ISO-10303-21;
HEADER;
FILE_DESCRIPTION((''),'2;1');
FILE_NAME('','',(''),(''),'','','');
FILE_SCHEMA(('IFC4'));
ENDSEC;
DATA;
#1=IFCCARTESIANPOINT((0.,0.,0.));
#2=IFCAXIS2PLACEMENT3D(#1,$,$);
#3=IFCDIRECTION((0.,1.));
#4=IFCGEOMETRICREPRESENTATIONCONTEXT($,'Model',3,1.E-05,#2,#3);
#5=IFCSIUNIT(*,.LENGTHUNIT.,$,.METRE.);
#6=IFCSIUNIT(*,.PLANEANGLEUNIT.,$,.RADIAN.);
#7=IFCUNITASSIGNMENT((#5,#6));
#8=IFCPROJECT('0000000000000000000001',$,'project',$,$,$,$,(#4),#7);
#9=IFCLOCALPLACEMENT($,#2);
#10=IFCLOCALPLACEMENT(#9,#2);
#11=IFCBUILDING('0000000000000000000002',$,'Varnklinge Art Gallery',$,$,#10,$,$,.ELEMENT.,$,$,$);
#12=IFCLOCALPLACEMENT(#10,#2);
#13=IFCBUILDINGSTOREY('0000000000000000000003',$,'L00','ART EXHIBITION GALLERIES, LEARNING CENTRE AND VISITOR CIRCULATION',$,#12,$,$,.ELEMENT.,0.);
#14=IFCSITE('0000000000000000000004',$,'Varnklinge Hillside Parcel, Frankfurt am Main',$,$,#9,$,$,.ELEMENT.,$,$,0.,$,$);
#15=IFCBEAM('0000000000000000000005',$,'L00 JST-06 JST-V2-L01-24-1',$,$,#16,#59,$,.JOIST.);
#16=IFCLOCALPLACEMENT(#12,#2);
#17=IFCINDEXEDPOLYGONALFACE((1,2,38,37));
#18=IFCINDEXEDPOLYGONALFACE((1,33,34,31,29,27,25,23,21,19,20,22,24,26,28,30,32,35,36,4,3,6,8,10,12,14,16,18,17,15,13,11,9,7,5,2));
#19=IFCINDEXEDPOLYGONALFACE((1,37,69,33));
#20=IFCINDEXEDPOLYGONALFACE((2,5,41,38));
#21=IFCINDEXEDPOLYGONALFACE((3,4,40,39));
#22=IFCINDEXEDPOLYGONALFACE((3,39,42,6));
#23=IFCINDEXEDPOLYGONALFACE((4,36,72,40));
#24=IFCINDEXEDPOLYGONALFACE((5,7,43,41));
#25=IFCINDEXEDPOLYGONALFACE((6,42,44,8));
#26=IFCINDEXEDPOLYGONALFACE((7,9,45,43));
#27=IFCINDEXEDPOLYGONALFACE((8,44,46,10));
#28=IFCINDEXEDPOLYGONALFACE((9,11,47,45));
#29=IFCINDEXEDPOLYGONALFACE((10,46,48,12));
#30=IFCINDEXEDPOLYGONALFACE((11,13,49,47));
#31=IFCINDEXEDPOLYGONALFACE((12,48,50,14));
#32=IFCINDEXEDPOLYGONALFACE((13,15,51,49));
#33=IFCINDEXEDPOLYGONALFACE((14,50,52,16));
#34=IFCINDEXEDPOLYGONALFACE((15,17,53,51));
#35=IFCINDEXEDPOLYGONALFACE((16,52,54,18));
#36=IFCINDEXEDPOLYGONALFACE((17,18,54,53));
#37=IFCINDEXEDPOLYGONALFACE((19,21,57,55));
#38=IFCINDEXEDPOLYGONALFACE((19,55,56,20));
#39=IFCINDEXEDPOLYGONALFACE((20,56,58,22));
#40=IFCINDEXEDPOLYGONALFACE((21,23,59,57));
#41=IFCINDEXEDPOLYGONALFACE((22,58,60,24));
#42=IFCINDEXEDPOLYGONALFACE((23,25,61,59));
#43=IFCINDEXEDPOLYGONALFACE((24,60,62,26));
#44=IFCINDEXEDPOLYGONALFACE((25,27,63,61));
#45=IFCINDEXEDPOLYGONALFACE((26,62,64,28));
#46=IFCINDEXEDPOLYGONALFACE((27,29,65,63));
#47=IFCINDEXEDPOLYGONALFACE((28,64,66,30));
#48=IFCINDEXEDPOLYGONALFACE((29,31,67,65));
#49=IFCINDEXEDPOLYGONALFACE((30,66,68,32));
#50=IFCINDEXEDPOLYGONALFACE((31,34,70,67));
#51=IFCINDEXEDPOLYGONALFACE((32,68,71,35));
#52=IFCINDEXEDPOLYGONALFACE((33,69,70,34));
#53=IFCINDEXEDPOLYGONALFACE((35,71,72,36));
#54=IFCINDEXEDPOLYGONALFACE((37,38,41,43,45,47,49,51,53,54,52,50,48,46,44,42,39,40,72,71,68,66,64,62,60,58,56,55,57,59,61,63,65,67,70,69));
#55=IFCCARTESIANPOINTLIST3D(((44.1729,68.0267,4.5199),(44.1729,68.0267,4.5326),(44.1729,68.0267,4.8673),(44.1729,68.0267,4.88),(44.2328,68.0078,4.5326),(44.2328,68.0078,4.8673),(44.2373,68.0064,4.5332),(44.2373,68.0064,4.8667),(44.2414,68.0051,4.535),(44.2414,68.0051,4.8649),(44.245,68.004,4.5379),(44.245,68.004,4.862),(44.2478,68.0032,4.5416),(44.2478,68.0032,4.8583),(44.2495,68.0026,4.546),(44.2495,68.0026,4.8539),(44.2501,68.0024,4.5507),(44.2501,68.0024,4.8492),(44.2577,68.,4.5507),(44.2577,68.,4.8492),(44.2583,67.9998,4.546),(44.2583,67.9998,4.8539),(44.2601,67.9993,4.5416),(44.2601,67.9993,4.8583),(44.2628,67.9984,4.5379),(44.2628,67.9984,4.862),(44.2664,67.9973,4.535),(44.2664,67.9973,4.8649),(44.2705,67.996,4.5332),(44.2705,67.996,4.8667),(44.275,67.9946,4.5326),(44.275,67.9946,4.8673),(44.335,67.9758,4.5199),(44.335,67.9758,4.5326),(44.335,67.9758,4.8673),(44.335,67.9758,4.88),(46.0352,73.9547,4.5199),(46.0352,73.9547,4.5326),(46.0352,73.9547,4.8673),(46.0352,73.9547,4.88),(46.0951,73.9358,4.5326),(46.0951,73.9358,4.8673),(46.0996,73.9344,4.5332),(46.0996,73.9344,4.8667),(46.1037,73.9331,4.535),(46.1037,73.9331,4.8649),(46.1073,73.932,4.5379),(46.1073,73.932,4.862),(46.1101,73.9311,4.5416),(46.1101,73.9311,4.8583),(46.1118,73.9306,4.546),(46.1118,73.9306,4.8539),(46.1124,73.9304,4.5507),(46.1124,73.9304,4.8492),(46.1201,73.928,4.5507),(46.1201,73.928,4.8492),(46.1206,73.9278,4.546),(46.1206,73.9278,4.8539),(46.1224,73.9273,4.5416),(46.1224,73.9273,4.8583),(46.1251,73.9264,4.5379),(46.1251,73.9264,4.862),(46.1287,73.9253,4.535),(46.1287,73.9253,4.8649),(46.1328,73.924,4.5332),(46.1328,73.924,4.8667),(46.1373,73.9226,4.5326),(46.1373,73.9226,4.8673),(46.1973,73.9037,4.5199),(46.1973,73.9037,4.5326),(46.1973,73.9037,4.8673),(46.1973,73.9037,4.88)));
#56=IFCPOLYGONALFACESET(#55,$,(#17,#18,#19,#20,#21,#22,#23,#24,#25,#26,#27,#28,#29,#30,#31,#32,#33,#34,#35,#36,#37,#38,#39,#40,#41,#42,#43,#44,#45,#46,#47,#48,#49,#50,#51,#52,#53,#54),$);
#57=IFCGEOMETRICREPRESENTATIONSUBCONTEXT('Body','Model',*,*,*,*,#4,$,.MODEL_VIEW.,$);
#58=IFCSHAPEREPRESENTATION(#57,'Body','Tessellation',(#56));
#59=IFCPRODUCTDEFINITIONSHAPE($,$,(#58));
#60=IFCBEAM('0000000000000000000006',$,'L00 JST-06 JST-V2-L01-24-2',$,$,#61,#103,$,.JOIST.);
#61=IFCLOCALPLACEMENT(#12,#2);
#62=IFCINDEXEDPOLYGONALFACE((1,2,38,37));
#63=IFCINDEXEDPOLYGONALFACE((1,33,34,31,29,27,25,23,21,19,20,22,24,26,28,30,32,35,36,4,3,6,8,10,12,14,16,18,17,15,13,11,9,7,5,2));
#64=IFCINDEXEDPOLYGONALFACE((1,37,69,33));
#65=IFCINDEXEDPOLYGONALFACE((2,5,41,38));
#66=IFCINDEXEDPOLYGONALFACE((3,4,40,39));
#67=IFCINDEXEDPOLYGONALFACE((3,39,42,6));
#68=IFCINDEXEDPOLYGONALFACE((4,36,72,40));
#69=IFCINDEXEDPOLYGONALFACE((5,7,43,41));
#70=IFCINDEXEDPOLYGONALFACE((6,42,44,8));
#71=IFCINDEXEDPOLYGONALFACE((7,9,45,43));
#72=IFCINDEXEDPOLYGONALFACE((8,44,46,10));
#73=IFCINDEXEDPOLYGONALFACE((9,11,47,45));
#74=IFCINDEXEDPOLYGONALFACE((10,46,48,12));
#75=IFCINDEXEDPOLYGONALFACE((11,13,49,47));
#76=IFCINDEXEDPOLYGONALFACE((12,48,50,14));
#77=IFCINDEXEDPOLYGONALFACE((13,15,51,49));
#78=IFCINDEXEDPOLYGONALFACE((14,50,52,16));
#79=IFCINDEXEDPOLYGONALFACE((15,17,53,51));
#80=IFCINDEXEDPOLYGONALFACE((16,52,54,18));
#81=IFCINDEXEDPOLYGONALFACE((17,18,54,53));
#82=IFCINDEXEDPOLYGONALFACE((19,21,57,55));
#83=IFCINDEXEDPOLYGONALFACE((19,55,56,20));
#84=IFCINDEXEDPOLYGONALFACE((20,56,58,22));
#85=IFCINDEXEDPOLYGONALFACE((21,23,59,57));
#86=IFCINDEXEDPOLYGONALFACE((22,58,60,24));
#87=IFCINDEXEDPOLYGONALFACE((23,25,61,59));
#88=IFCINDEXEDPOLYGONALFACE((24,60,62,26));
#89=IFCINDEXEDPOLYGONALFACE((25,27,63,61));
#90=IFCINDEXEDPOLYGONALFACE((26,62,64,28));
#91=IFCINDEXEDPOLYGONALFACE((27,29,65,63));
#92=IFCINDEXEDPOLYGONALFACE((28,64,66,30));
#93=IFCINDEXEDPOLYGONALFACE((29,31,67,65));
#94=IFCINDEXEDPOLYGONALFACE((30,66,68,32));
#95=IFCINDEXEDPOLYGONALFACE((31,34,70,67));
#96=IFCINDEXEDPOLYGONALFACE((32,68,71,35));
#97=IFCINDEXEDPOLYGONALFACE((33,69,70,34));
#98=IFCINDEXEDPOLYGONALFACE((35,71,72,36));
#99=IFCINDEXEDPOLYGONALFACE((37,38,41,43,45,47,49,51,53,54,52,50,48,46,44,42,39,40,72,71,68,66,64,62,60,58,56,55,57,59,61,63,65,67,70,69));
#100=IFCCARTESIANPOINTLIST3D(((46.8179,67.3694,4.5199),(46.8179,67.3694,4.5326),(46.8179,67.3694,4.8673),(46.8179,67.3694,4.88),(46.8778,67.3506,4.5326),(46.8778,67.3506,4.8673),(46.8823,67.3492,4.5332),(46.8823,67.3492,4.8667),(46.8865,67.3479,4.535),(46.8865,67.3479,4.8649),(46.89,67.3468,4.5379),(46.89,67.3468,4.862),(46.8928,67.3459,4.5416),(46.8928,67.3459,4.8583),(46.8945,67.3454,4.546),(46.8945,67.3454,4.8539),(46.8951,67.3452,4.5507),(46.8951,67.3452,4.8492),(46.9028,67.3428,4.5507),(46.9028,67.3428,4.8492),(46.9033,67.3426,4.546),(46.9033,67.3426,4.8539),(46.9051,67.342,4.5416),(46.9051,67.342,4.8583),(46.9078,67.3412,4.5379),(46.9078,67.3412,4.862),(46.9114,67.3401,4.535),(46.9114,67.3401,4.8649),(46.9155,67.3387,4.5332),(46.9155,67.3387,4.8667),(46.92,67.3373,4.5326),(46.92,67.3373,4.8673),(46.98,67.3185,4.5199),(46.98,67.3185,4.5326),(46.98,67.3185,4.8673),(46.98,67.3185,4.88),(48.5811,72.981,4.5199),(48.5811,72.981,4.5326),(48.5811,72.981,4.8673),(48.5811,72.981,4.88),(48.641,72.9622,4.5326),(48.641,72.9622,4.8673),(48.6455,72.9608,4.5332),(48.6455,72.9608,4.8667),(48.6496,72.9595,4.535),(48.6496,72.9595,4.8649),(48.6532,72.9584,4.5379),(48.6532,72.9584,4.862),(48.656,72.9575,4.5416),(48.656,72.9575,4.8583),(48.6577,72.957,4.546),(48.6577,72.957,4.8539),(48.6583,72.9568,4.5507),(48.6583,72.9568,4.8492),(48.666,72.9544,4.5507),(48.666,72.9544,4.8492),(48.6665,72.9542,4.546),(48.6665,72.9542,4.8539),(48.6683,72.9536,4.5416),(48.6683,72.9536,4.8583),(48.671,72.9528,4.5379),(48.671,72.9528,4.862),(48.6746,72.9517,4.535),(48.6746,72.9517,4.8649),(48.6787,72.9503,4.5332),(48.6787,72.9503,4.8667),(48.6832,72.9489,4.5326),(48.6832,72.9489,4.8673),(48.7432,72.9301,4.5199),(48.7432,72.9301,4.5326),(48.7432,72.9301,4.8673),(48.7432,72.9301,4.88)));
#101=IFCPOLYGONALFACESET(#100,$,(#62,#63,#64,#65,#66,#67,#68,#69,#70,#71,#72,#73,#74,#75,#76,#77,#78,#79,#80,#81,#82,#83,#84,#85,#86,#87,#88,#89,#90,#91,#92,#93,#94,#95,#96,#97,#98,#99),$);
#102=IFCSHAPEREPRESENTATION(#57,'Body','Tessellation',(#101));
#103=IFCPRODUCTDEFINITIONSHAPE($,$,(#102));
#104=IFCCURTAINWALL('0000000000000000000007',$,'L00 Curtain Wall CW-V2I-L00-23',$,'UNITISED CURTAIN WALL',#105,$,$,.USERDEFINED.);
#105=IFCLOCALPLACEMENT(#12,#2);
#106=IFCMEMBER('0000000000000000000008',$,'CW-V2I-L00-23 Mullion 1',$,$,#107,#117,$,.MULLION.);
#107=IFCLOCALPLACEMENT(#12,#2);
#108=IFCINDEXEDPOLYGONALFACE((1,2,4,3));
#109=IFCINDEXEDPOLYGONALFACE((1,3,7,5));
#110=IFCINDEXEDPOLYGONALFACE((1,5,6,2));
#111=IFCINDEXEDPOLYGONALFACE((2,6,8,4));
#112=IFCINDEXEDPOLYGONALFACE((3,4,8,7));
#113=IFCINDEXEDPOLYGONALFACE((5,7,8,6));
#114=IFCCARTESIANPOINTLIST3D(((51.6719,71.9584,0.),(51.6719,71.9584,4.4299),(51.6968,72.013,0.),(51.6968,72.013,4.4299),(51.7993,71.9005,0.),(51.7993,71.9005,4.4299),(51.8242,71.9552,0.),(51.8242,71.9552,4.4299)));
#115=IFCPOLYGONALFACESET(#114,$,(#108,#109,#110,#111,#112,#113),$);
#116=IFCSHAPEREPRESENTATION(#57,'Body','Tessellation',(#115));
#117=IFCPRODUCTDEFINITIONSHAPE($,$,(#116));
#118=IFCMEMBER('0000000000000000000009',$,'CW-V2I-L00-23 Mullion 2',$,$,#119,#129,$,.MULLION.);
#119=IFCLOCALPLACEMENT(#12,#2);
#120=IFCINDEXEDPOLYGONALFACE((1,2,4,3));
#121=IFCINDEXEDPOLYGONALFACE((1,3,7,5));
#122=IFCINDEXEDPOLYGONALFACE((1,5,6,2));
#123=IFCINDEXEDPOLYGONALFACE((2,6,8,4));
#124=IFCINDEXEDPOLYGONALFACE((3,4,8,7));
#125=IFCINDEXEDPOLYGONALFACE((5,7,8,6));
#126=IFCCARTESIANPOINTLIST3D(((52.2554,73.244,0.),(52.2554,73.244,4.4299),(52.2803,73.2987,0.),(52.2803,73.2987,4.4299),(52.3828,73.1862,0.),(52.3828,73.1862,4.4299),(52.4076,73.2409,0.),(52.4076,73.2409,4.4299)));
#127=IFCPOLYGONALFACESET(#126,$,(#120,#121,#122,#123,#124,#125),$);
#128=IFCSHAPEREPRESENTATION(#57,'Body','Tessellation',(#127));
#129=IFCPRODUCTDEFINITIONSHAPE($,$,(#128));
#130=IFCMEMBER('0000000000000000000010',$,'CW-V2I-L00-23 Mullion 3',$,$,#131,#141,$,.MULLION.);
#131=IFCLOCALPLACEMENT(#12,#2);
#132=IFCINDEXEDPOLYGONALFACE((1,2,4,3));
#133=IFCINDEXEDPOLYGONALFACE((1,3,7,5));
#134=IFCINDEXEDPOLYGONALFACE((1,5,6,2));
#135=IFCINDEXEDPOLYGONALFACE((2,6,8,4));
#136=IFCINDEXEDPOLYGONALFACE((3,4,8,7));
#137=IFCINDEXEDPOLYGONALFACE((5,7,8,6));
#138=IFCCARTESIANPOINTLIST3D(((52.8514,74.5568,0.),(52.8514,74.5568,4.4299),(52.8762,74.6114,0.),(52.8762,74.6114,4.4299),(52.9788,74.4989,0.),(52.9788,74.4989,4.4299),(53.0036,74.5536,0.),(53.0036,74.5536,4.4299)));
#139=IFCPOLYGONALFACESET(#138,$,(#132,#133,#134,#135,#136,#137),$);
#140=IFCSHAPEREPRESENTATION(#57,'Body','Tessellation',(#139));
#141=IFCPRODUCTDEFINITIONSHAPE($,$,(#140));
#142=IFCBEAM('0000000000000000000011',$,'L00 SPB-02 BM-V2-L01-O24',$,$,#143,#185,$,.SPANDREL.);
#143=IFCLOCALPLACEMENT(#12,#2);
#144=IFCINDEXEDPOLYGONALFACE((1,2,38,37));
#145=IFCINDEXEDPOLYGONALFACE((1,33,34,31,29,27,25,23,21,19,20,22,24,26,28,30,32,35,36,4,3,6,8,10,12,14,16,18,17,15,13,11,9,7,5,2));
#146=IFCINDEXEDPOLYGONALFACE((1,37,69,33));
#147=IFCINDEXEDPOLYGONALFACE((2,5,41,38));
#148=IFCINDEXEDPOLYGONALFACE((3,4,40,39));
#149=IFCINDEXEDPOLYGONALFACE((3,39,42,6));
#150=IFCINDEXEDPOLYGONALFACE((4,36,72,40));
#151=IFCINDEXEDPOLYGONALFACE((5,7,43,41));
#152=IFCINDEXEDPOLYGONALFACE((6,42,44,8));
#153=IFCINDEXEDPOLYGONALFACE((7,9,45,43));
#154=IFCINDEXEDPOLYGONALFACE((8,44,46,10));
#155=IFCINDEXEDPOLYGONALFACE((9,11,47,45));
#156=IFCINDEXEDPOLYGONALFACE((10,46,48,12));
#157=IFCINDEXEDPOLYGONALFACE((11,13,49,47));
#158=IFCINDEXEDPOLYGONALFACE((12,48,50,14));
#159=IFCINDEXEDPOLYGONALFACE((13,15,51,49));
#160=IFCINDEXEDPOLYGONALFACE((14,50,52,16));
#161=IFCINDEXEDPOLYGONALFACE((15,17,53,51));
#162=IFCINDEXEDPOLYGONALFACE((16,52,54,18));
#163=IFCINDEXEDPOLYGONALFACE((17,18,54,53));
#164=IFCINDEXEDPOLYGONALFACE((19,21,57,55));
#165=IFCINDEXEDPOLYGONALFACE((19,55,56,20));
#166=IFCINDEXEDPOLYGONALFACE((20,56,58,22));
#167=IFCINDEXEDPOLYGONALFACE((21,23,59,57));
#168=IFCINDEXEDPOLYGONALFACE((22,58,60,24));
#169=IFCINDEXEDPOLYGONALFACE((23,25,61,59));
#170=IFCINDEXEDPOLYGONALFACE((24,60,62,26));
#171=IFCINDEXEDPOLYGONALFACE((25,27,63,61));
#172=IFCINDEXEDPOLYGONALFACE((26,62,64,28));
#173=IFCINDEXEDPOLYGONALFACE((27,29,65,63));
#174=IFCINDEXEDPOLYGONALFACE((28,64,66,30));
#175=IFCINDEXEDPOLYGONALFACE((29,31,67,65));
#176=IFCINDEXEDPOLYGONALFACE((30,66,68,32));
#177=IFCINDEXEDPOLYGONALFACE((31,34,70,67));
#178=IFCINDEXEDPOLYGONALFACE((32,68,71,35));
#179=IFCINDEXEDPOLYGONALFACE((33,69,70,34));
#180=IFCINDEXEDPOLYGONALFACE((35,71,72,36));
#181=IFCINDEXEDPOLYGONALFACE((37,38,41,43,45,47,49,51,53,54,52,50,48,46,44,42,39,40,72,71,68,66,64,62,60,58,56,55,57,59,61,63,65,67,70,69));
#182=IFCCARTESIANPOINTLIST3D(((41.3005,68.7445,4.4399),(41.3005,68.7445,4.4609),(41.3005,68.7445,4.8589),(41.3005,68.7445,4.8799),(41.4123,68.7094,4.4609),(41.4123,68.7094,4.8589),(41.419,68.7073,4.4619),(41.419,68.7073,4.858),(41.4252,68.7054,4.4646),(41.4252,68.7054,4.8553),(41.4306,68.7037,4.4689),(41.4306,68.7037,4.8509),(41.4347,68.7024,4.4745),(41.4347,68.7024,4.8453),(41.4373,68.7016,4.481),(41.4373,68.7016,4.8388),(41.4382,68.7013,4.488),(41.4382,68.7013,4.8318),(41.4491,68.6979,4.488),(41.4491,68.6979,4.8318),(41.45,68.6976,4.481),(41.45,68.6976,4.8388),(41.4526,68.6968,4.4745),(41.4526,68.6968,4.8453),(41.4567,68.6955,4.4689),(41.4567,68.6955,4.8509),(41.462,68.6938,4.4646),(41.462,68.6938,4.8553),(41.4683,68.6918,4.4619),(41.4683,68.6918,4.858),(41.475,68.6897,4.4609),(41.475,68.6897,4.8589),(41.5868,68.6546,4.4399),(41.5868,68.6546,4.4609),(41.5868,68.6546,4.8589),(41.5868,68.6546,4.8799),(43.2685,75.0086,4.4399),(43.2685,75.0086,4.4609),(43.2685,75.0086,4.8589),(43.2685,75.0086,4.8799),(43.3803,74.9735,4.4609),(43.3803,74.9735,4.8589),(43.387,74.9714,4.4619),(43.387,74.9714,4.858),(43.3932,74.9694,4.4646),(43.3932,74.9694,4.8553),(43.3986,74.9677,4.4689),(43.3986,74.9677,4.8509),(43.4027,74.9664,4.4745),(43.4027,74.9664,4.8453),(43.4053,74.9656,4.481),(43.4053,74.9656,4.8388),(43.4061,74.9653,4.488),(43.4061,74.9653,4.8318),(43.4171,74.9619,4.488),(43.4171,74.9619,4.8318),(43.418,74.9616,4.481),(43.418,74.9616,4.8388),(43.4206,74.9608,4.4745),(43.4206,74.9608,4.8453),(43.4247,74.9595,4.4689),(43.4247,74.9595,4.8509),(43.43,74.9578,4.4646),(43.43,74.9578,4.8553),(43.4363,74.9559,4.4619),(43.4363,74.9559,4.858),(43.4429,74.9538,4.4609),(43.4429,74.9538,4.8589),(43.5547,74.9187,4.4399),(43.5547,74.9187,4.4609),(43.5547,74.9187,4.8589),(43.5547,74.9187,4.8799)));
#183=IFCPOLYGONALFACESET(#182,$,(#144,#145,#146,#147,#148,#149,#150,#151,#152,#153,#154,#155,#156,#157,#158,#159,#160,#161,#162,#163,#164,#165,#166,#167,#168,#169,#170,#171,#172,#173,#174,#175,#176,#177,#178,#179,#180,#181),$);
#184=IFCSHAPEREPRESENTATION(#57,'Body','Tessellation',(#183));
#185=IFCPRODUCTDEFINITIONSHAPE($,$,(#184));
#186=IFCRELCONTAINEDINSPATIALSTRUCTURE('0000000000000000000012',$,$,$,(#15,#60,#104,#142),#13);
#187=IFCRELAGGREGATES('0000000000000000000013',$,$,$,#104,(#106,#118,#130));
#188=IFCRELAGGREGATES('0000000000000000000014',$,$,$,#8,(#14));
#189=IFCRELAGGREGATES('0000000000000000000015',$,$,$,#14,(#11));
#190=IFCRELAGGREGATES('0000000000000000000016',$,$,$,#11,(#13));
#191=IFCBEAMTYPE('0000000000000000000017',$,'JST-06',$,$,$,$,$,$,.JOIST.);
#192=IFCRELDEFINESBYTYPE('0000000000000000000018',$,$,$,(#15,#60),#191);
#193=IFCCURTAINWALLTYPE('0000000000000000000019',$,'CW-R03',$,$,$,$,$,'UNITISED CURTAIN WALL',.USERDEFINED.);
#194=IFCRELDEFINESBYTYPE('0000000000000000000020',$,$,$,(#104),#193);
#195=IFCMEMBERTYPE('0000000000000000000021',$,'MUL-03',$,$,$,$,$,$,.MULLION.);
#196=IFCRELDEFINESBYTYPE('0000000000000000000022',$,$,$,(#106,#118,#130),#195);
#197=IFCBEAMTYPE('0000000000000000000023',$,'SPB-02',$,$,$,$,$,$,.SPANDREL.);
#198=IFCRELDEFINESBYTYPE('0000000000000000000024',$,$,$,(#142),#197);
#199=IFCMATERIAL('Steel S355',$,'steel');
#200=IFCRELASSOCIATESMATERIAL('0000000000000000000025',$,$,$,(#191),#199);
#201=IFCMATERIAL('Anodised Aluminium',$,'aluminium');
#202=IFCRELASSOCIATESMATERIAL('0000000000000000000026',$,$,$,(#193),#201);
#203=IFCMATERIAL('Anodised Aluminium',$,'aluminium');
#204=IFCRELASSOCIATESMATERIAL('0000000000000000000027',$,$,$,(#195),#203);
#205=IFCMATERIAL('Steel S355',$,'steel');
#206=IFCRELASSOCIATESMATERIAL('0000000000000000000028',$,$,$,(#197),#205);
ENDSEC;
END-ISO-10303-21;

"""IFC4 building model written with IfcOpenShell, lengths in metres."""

from ifc_helpers import new_model, si_unit, direction, frame, origin, origin_2d, place, context, subcontext, project, spatial, rectangle, i_section, extrude, material, material_profile, profile_set, type_object, element, aggregate, save


model = new_model("IFC4")

# Units and contexts
model_context = context("Model", 3, precision=1e-05, world=origin(), true_north=direction((0.0, 1.0)))
body_context = subcontext(model_context, "Body", "Model", "MODEL_VIEW")
ifc_project = project(units=[si_unit("LENGTHUNIT", "METRE"), si_unit("PLANEANGLEUNIT", "RADIAN")], contexts=[model_context])

# Site, building, storey
site_placement = place(None, origin())
site = spatial("IfcSite", under=ifc_project, at=site_placement, Name="Varnklinge Hillside Parcel, Frankfurt am Main", CompositionType="ELEMENT", RefElevation=0.0)
building_placement = place(site_placement, origin())
building = spatial("IfcBuilding", under=site, at=building_placement, Name="Varnklinge Art Gallery", CompositionType="ELEMENT")
storey_placement = place(building_placement, origin())
storey = spatial("IfcBuildingStorey", under=building, at=storey_placement, Name="L00", Description="ART EXHIBITION GALLERIES, LEARNING CENTRE AND VISITOR CIRCULATION", CompositionType="ELEMENT", Elevation=0.0)

# Beams
ifc_material_1 = material(Name="Steel S355", Category="steel")
ifc_material_profile_1 = material_profile(ifc_material_1, i_section(OverallWidth=0.1699, OverallDepth=0.3601, WebThickness=0.0081, FlangeThickness=0.0127, FilletRadius=0.0181, at=origin_2d()), Name="IPE 360")
ifc_profile_set_1 = profile_set([ifc_material_profile_1], Name="Steel S355")
beam_type_1 = type_object("IfcBeamType", Name="JST-06", PredefinedType="JOIST", material=ifc_profile_set_1)
beam_1_placement = place(storey_placement, frame((46.1162, 73.9292, 4.7), z_axis=(-0.299713, -0.954029, 0.0), x_axis=(0.954029, -0.299713, 0.0)))
element("IfcBeam", 1, at=beam_1_placement, inside=storey, type_object=beam_type_1, Name="L00 JST-06 JST-V2-L01-24-1", PredefinedType="JOIST", context=body_context, shape_type="SweptSolid", body=[
    extrude(i_section(OverallWidth=0.1699, OverallDepth=0.3601, WebThickness=0.0081, FlangeThickness=0.0127, FilletRadius=0.0181, at=origin_2d()), origin(), (0.0, 0.0, 1.0), 6.2136),
])
beam_2_placement = place(storey_placement, frame((48.6621, 72.9556, 4.7), z_axis=(-0.299756, -0.954016, 0.0), x_axis=(0.954016, -0.299756, 0.0)))
element("IfcBeam", 2, at=beam_2_placement, inside=storey, type_object=beam_type_1, Name="L00 JST-06 JST-V2-L01-24-2", PredefinedType="JOIST", context=body_context, shape_type="SweptSolid", body=[
    extrude(i_section(OverallWidth=0.1699, OverallDepth=0.3601, WebThickness=0.0081, FlangeThickness=0.0127, FilletRadius=0.0181, at=origin_2d()), origin(), (0.0, 0.0, 1.0), 5.8821),
])

# Curtain wall, members
ifc_material_2 = material(Name="Anodised Aluminium", Category="aluminium")
curtain_wall_type_1 = type_object("IfcCurtainWallType", Name="CW-R03", ElementType="UNITISED CURTAIN WALL", PredefinedType="USERDEFINED", material=ifc_material_2)
curtain_wall_1_placement = place(storey_placement, origin())
curtain_wall_1 = element("IfcCurtainWall", 3, at=curtain_wall_1_placement, inside=storey, type_object=curtain_wall_type_1, Name="L00 Curtain Wall CW-V2I-L00-23", ObjectType="UNITISED CURTAIN WALL", PredefinedType="USERDEFINED")
ifc_material_3 = material(Name="Anodised Aluminium", Category="aluminium")
ifc_material_profile_2 = material_profile(ifc_material_3, rectangle(XDim=0.0601, YDim=0.1399, at=origin_2d()), Name="ALU 60x140")
ifc_profile_set_2 = profile_set([ifc_material_profile_2], Name="Anodised Aluminium")
member_type_1 = type_object("IfcMemberType", Name="MUL-03", PredefinedType="MULLION", material=ifc_profile_set_2)
member_1_placement = place(storey_placement, frame((51.748, 71.9568, 0.0), z_axis=(0.0, 0.0, 1.0), x_axis=(0.413422, 0.910539, 0.0)))
member_1 = element("IfcMember", 4, at=member_1_placement, type_object=member_type_1, Name="CW-V2I-L00-23 Mullion 1", PredefinedType="MULLION", context=body_context, shape_type="SweptSolid", body=[
    extrude(rectangle(XDim=0.0601, YDim=0.1399, at=origin_2d()), origin(), (0.0, 0.0, 1.0), 4.4299),
])
member_2_placement = place(storey_placement, frame((52.3315, 73.2424, 0.0), z_axis=(0.0, 0.0, 1.0), x_axis=(0.413422, 0.910539, 0.0)))
member_2 = element("IfcMember", 5, at=member_2_placement, type_object=member_type_1, Name="CW-V2I-L00-23 Mullion 2", PredefinedType="MULLION", context=body_context, shape_type="SweptSolid", body=[
    extrude(rectangle(XDim=0.0601, YDim=0.1399, at=origin_2d()), origin(), (0.0, 0.0, 1.0), 4.4299),
])
member_3_placement = place(storey_placement, frame((52.9275, 74.5552, 0.0), z_axis=(0.0, 0.0, 1.0), x_axis=(0.413422, 0.910539, 0.0)))
member_3 = element("IfcMember", 6, at=member_3_placement, type_object=member_type_1, Name="CW-V2I-L00-23 Mullion 3", PredefinedType="MULLION", context=body_context, shape_type="SweptSolid", body=[
    extrude(rectangle(XDim=0.0601, YDim=0.1399, at=origin_2d()), origin(), (0.0, 0.0, 1.0), 4.4299),
])

# Beam
ifc_material_4 = material(Name="Steel S355", Category="steel")
ifc_material_profile_3 = material_profile(ifc_material_4, i_section(OverallWidth=0.3, OverallDepth=0.4399, WebThickness=0.0115, FlangeThickness=0.021, FilletRadius=0.0271, at=origin_2d()), Name="HEA 450")
ifc_profile_set_3 = profile_set([ifc_material_profile_3], Name="Steel S355")
beam_type_2 = type_object("IfcBeamType", Name="SPB-02", PredefinedType="SPANDREL", material=ifc_profile_set_3)
beam_3_placement = place(storey_placement, frame((43.4116, 74.9636, 4.6599), z_axis=(-0.299727, -0.954025, 0.0), x_axis=(0.954025, -0.299727, 0.0)))
element("IfcBeam", 7, at=beam_3_placement, inside=storey, type_object=beam_type_2, Name="L00 SPB-02 BM-V2-L01-O24", PredefinedType="SPANDREL", context=body_context, shape_type="SweptSolid", body=[
    extrude(i_section(OverallWidth=0.3, OverallDepth=0.4399, WebThickness=0.0115, FlangeThickness=0.021, FilletRadius=0.0271, at=origin_2d()), origin(), (0.0, 0.0, 1.0), 6.5659),
])

aggregate(curtain_wall_1, [member_1, member_2, member_3])

save(model, "model.ifc")
